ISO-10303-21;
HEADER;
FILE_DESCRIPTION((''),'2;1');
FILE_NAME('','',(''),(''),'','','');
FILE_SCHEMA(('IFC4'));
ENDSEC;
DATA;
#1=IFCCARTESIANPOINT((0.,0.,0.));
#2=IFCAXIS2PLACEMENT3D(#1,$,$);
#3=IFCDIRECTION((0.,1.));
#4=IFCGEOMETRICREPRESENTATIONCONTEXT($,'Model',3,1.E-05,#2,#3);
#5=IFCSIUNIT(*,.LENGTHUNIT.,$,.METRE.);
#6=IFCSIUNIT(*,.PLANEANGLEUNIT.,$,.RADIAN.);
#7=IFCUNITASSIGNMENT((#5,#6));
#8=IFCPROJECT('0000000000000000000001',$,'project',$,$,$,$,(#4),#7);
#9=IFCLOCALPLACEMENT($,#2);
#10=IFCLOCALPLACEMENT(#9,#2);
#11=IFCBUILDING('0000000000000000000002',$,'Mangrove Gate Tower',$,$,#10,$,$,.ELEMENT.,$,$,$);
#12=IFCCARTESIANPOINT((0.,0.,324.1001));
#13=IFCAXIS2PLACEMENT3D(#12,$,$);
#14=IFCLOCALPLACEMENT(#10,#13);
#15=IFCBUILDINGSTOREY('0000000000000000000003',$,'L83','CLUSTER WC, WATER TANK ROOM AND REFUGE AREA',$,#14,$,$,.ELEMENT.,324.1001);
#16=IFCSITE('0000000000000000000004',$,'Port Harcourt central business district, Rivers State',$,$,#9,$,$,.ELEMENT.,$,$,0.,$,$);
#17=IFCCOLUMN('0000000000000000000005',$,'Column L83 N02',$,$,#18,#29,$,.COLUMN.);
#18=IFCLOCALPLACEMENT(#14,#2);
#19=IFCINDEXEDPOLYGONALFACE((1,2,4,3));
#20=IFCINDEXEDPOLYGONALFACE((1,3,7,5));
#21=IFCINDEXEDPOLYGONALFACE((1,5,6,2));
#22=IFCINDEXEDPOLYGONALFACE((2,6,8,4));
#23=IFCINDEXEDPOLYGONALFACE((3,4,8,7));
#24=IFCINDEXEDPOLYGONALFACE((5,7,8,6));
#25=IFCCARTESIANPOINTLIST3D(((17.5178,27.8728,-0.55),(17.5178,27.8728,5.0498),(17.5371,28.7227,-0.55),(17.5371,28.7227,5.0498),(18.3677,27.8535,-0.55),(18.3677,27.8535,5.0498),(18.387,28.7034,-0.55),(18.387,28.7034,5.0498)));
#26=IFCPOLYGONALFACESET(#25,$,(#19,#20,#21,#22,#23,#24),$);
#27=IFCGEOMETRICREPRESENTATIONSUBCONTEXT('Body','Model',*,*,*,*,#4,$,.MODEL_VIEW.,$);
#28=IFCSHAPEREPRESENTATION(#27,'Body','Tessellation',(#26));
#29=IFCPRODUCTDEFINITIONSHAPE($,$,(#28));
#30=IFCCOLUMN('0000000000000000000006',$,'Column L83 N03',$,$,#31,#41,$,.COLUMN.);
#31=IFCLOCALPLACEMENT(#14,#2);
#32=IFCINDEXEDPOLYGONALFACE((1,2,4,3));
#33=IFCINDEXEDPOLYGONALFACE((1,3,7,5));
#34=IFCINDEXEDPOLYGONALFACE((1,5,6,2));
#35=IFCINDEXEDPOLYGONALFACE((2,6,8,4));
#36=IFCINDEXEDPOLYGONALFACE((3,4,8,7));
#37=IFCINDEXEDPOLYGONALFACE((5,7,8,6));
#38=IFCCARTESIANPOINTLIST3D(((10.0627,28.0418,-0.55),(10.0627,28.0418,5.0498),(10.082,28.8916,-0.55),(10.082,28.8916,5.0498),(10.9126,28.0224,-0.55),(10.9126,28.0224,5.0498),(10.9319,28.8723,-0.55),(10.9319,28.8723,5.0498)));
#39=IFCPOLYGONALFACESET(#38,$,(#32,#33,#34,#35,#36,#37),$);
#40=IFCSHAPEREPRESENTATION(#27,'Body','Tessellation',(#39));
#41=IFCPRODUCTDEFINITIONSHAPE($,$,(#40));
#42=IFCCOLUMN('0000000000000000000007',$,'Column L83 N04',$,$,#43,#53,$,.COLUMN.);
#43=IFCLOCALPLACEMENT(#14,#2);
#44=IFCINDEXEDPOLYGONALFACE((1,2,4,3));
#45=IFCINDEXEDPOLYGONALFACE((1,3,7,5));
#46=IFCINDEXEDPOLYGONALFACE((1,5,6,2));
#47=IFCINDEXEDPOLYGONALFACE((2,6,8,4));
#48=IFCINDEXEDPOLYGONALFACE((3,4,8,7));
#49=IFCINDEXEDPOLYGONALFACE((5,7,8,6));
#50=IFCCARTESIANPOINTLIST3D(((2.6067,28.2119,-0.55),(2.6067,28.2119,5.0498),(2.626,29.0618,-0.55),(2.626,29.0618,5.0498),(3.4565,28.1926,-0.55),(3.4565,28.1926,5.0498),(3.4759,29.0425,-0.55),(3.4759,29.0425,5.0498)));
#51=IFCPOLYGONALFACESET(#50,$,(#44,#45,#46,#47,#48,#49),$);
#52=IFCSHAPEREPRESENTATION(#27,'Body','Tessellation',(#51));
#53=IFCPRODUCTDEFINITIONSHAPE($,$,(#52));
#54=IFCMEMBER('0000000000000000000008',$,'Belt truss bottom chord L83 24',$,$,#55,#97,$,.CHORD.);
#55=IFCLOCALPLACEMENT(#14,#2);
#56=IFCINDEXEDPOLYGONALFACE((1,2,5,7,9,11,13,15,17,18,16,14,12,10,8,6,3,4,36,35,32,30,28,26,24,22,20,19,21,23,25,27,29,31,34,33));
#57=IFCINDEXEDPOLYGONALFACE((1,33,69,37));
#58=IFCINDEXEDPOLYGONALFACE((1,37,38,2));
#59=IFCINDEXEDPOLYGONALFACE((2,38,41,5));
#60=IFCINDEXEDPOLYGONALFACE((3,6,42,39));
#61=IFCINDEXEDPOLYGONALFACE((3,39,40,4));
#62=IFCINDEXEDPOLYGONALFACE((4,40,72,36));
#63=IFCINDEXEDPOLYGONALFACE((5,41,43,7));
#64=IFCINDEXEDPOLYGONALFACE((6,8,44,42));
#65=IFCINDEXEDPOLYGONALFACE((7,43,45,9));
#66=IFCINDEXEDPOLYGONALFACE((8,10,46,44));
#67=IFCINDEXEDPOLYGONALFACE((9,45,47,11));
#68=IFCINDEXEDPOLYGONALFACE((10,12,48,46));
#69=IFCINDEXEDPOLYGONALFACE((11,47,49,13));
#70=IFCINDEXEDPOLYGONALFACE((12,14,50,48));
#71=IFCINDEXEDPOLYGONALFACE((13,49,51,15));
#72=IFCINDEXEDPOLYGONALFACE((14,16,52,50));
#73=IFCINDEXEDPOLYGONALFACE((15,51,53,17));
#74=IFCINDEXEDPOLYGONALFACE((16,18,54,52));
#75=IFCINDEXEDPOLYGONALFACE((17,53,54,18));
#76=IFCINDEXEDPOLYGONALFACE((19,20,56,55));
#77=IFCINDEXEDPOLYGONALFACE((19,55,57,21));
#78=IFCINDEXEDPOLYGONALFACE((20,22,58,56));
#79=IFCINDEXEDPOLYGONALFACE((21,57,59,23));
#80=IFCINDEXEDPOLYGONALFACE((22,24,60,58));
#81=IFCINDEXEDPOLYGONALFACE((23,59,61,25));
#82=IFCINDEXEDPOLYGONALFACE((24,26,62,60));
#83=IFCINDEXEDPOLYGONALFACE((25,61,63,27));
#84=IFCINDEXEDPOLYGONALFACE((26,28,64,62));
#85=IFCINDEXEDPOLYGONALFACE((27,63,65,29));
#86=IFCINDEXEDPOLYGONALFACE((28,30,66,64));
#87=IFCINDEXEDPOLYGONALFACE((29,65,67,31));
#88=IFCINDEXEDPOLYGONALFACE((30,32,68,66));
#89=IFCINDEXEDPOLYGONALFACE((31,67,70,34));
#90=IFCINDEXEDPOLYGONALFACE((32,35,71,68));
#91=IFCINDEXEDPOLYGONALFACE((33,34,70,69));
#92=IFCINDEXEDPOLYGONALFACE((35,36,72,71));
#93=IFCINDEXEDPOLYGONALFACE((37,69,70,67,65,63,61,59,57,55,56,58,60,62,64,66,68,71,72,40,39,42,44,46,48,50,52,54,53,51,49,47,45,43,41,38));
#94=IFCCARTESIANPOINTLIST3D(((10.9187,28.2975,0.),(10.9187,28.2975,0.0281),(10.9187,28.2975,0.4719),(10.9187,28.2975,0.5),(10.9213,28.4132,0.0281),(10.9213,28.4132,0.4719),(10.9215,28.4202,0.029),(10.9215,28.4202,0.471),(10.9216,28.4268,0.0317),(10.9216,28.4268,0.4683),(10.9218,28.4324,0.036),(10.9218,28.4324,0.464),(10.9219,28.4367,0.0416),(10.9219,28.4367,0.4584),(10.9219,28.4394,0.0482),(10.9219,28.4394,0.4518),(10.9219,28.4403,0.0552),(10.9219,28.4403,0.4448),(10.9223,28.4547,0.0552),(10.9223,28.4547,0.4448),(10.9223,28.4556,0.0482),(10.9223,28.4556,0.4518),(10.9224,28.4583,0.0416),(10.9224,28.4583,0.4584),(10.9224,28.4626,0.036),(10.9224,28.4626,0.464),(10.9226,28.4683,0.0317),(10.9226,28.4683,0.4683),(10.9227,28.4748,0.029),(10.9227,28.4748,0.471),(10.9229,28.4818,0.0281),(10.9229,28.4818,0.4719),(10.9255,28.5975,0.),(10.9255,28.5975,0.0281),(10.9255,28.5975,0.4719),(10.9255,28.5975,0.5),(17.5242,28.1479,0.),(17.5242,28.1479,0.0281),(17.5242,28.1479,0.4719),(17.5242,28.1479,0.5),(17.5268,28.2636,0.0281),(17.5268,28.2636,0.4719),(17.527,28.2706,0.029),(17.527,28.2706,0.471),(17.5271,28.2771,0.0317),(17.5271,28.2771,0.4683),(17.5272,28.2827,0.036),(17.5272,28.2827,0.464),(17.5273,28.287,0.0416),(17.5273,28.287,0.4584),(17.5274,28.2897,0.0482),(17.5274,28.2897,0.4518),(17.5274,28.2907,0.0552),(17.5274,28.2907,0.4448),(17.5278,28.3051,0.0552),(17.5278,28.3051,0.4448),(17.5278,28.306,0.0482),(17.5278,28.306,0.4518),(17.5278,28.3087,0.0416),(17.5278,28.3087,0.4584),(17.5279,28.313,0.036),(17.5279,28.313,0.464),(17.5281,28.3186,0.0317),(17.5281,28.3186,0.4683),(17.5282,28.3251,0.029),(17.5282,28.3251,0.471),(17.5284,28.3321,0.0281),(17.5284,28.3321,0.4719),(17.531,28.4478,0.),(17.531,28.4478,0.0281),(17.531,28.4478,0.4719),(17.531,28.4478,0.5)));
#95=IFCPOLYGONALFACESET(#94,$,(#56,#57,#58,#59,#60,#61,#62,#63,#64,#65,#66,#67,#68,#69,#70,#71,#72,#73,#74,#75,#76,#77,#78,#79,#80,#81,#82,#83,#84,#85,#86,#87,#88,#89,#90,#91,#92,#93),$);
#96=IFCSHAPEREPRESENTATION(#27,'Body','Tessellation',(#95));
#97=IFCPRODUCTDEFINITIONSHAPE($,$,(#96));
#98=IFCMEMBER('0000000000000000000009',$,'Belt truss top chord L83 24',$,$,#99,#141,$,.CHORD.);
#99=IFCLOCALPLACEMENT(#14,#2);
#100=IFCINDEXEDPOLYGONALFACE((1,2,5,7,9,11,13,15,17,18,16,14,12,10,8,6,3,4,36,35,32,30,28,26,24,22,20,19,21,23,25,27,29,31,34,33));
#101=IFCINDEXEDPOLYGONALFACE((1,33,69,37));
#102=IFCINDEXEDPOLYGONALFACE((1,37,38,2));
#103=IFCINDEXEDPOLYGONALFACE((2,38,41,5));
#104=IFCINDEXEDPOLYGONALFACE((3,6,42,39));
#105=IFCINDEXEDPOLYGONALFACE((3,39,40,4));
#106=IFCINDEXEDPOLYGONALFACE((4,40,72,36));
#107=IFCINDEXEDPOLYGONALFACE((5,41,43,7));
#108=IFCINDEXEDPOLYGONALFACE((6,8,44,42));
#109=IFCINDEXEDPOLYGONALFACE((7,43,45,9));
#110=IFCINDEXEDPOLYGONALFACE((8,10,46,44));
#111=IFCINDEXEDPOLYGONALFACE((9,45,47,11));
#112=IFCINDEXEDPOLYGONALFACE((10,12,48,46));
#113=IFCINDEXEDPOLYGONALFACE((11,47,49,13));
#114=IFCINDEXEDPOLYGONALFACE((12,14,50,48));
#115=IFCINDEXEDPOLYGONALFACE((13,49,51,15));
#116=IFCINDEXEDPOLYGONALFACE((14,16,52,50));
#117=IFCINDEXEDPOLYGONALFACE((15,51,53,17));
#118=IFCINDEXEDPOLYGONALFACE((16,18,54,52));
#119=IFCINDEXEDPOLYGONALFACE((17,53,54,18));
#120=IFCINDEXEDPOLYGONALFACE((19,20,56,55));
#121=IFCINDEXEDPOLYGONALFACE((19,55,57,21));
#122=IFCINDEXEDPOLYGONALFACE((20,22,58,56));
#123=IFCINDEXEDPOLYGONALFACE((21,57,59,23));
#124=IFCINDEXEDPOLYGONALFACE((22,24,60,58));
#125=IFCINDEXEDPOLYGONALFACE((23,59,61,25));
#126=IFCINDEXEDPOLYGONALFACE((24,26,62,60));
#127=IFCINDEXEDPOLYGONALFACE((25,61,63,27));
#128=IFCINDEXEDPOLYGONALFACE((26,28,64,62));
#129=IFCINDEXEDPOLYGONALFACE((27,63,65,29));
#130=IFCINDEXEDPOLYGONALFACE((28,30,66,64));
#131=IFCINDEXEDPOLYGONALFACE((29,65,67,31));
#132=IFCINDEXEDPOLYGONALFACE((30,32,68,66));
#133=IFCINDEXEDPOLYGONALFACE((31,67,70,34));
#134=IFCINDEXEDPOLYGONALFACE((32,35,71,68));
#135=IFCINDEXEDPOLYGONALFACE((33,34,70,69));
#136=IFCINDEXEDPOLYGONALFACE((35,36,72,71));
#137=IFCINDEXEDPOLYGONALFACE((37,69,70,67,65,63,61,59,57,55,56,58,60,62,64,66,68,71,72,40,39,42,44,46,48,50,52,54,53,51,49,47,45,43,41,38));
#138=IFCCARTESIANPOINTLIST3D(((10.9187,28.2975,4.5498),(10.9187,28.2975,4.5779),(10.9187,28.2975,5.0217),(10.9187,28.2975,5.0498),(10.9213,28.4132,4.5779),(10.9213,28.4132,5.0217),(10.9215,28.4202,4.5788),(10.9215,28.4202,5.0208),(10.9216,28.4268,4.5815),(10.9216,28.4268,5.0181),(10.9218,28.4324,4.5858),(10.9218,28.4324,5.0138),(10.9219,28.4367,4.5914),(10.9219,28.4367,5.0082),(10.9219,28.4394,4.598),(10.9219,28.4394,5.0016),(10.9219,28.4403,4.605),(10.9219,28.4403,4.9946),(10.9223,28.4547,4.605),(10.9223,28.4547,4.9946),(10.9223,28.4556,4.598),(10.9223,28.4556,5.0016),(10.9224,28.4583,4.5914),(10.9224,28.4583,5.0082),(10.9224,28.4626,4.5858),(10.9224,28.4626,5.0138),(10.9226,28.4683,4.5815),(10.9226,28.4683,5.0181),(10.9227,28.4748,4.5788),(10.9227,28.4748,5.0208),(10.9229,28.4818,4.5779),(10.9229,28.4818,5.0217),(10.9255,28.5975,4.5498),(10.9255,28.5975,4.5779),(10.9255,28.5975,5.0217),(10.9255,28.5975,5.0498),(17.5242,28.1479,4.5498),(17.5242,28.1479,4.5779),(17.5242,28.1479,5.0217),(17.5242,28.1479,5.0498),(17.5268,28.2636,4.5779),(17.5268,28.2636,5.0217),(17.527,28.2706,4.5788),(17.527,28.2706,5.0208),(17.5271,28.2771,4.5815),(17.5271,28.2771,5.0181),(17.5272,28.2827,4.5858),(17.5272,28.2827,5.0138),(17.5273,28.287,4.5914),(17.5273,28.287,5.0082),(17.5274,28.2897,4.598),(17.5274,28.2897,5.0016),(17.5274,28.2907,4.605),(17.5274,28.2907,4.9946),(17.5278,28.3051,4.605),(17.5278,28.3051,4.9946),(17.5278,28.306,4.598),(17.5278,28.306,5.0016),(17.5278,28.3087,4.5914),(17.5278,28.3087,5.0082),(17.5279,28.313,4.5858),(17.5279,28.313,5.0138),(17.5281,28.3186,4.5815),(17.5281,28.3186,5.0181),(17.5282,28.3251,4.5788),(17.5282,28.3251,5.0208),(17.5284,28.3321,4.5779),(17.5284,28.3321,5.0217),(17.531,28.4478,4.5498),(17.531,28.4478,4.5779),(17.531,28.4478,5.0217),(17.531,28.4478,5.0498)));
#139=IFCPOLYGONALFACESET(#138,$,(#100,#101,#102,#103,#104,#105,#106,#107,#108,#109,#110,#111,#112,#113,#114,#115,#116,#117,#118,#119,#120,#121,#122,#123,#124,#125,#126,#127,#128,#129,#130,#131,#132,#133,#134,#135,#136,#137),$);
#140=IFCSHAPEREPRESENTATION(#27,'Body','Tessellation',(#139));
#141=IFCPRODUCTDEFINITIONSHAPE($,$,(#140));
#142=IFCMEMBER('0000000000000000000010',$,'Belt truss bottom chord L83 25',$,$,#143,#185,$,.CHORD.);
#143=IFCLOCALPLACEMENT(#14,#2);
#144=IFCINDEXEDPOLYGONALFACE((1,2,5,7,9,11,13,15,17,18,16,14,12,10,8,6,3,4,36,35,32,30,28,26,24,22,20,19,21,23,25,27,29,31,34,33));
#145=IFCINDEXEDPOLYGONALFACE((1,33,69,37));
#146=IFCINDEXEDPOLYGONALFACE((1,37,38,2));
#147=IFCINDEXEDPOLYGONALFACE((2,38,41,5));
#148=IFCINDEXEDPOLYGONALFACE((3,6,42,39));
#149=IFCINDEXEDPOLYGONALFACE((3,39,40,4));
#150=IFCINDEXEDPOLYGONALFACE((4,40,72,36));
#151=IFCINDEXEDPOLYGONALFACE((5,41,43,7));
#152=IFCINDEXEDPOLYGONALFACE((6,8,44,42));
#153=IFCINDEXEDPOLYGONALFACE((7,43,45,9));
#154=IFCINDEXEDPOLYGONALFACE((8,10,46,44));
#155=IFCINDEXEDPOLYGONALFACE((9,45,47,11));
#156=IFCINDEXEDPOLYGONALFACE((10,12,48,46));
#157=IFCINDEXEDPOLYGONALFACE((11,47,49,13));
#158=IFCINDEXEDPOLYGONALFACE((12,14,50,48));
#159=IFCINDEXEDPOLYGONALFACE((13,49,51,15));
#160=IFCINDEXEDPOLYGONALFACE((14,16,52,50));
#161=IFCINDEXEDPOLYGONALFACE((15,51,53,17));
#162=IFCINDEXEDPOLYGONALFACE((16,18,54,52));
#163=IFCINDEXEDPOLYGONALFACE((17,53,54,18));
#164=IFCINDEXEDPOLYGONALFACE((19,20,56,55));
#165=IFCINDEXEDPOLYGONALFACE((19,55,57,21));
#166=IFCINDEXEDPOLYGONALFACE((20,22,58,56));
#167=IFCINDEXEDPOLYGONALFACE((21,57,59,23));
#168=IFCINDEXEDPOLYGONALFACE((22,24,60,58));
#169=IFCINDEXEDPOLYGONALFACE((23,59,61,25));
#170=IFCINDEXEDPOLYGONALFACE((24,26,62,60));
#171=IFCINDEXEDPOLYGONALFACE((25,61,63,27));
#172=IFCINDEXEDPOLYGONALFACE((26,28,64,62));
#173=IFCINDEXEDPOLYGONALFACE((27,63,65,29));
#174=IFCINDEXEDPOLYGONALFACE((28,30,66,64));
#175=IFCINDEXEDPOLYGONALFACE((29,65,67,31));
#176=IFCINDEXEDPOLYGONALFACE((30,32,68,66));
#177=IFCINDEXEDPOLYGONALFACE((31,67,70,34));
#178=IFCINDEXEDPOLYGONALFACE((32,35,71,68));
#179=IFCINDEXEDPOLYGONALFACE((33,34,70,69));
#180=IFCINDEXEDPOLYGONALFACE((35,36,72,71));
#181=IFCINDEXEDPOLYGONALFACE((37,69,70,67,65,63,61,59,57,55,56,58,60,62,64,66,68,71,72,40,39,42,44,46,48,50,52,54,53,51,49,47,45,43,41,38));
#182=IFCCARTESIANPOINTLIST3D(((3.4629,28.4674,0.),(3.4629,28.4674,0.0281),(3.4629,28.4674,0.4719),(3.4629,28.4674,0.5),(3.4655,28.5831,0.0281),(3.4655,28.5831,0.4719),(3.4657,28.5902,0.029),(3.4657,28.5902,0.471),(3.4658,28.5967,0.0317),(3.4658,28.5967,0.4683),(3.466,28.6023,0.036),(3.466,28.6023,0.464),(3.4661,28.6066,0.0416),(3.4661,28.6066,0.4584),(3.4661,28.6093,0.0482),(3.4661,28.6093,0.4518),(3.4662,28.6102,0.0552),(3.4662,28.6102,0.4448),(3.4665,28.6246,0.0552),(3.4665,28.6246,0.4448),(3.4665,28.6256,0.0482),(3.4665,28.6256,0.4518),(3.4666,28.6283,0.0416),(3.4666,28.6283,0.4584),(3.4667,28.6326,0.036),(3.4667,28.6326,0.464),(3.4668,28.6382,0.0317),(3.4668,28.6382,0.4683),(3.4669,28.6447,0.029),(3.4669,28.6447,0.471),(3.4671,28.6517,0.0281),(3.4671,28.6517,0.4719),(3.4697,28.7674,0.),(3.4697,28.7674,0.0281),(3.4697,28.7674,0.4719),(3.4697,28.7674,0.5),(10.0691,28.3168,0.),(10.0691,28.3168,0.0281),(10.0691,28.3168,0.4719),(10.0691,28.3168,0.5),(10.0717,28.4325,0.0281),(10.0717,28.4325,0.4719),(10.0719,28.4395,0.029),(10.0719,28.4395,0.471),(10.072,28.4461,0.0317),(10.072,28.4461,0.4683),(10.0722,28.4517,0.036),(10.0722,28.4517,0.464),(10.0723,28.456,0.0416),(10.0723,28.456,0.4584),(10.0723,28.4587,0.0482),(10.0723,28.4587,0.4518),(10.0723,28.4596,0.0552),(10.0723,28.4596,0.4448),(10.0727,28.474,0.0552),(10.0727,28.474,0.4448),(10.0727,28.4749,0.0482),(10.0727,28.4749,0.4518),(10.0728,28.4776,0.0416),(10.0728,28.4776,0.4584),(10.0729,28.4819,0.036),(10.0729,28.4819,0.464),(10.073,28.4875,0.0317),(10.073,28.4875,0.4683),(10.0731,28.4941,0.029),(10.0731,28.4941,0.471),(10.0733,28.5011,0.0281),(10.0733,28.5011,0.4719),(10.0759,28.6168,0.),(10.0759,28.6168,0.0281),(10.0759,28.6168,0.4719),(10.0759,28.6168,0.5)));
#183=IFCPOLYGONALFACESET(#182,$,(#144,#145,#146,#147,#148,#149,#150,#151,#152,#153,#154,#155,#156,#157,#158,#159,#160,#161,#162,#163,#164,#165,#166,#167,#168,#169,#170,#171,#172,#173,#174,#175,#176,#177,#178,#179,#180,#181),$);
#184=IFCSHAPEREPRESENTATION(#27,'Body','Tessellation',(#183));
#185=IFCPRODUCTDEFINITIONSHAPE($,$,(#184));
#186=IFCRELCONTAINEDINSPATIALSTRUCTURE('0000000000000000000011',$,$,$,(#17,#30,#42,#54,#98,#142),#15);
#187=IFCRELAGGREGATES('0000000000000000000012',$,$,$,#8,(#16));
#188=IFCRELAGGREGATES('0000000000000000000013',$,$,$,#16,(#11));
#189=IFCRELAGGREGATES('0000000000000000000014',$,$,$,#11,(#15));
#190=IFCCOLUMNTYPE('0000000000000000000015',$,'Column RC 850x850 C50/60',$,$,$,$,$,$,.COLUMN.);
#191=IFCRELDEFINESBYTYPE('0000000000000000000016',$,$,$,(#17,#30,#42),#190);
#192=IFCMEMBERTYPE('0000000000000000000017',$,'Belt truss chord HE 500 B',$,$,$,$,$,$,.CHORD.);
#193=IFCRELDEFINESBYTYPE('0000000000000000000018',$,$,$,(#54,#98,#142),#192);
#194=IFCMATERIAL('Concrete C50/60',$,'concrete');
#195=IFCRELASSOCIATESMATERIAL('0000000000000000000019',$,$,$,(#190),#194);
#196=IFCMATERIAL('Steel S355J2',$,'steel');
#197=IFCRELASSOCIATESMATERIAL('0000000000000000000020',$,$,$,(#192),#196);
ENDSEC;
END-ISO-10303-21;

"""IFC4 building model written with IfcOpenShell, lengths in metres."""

from ifc_helpers import new_model, si_unit, direction, frame, origin, origin_2d, place, context, subcontext, project, spatial, rectangle, i_section, extrude, material, material_profile, profile_set, type_object, element, save


model = new_model("IFC4")

# Units and contexts
model_context = context("Model", 3, precision=1e-05, world=origin(), true_north=direction((0.0, 1.0)))
body_context = subcontext(model_context, "Body", "Model", "MODEL_VIEW")
ifc_project = project(units=[si_unit("LENGTHUNIT", "METRE"), si_unit("PLANEANGLEUNIT", "RADIAN")], contexts=[model_context])

# Site, building, storey
site_placement = place(None, origin())
site = spatial("IfcSite", under=ifc_project, at=site_placement, Name="Port Harcourt central business district, Rivers State", CompositionType="ELEMENT", RefElevation=0.0)
building_placement = place(site_placement, origin())
building = spatial("IfcBuilding", under=site, at=building_placement, Name="Mangrove Gate Tower", CompositionType="ELEMENT")
storey_placement = place(building_placement, frame((0.0, 0.0, 324.1001)))
storey = spatial("IfcBuildingStorey", under=building, at=storey_placement, Name="L83", Description="CLUSTER WC, WATER TANK ROOM AND REFUGE AREA", CompositionType="ELEMENT", Elevation=324.1001)

# Columns
ifc_material_1 = material(Name="Concrete C50/60", Category="concrete")
ifc_material_profile_1 = material_profile(ifc_material_1, rectangle(XDim=0.8501, YDim=0.8501, at=origin_2d()))
ifc_profile_set_1 = profile_set([ifc_material_profile_1], Name="Concrete C50/60")
column_type = type_object("IfcColumnType", Name="Column RC 850x850 C50/60", PredefinedType="COLUMN", material=ifc_profile_set_1)
for number, where, z_axis, x_axis, name in (
    (1, (17.9524, 28.2881, -0.55), (0.0, 0.0, 1.0), (-0.999743, 0.022664, 0.0), "Column L83 N02"),
    (2, (10.4973, 28.457, -0.55), (0.0, 0.0, 1.0), (-0.999742, 0.022729, 0.0), "Column L83 N03"),
    (3, (3.0413, 28.6272, -0.55), (0.0, 0.0, 1.0), (-0.999742, 0.022729, 0.0), "Column L83 N04"),
):
    element("IfcColumn", number, at=place(storey_placement, frame(where, z_axis=z_axis, x_axis=x_axis)), inside=storey, type_object=column_type, Name=name, PredefinedType="COLUMN", context=body_context, shape_type="SweptSolid", body=[
        extrude(rectangle(XDim=0.8501, YDim=0.8501, at=origin_2d()), origin(), (0.0, 0.0, 1.0), 5.5999),
    ])

# Members
ifc_material_2 = material(Name="Steel S355J2", Category="steel")
ifc_material_profile_2 = material_profile(ifc_material_2, i_section(OverallWidth=0.3, OverallDepth=0.5, WebThickness=0.0144, FlangeThickness=0.0281, FilletRadius=0.0271, at=origin_2d()))
ifc_profile_set_2 = profile_set([ifc_material_profile_2], Name="Steel S355J2")
member_type_1 = type_object("IfcMemberType", Name="Belt truss chord HE 500 B", PredefinedType="CHORD", material=ifc_profile_set_2)
for number, where, z_axis, x_axis, name in (
    (4, (17.5276, 28.2979, 0.25), (-0.999743, 0.022651, 0.0), (-0.022651, -0.999743, 0.0), "Belt truss bottom chord L83 24"),
    (5, (17.5276, 28.2979, 4.7998), (-0.999743, 0.022651, 0.0), (-0.022651, -0.999743, 0.0), "Belt truss top chord L83 24"),
):
    element("IfcMember", number, at=place(storey_placement, frame(where, z_axis=z_axis, x_axis=x_axis)), inside=storey, type_object=member_type_1, Name=name, PredefinedType="CHORD", context=body_context, shape_type="SweptSolid", body=[
        extrude(i_section(OverallWidth=0.3, OverallDepth=0.5, WebThickness=0.0144, FlangeThickness=0.0281, FilletRadius=0.0271, at=origin_2d()), origin(), (0.0, 0.0, 1.0), 6.6072),
    ])
for number, where, z_axis, x_axis, name in (
    (6, (10.0725, 28.4668, 0.25), (-0.99974, 0.022796, 0.0), (-0.022796, -0.99974, 0.0), "Belt truss bottom chord L83 25"),
):
    element("IfcMember", number, at=place(storey_placement, frame(where, z_axis=z_axis, x_axis=x_axis)), inside=storey, type_object=member_type_1, Name=name, PredefinedType="CHORD", context=body_context, shape_type="SweptSolid", body=[
        extrude(i_section(OverallWidth=0.3, OverallDepth=0.5, WebThickness=0.0144, FlangeThickness=0.0281, FilletRadius=0.0271, at=origin_2d()), origin(), (0.0, 0.0, 1.0), 6.6079),
    ])

save(model, "model.ifc")
